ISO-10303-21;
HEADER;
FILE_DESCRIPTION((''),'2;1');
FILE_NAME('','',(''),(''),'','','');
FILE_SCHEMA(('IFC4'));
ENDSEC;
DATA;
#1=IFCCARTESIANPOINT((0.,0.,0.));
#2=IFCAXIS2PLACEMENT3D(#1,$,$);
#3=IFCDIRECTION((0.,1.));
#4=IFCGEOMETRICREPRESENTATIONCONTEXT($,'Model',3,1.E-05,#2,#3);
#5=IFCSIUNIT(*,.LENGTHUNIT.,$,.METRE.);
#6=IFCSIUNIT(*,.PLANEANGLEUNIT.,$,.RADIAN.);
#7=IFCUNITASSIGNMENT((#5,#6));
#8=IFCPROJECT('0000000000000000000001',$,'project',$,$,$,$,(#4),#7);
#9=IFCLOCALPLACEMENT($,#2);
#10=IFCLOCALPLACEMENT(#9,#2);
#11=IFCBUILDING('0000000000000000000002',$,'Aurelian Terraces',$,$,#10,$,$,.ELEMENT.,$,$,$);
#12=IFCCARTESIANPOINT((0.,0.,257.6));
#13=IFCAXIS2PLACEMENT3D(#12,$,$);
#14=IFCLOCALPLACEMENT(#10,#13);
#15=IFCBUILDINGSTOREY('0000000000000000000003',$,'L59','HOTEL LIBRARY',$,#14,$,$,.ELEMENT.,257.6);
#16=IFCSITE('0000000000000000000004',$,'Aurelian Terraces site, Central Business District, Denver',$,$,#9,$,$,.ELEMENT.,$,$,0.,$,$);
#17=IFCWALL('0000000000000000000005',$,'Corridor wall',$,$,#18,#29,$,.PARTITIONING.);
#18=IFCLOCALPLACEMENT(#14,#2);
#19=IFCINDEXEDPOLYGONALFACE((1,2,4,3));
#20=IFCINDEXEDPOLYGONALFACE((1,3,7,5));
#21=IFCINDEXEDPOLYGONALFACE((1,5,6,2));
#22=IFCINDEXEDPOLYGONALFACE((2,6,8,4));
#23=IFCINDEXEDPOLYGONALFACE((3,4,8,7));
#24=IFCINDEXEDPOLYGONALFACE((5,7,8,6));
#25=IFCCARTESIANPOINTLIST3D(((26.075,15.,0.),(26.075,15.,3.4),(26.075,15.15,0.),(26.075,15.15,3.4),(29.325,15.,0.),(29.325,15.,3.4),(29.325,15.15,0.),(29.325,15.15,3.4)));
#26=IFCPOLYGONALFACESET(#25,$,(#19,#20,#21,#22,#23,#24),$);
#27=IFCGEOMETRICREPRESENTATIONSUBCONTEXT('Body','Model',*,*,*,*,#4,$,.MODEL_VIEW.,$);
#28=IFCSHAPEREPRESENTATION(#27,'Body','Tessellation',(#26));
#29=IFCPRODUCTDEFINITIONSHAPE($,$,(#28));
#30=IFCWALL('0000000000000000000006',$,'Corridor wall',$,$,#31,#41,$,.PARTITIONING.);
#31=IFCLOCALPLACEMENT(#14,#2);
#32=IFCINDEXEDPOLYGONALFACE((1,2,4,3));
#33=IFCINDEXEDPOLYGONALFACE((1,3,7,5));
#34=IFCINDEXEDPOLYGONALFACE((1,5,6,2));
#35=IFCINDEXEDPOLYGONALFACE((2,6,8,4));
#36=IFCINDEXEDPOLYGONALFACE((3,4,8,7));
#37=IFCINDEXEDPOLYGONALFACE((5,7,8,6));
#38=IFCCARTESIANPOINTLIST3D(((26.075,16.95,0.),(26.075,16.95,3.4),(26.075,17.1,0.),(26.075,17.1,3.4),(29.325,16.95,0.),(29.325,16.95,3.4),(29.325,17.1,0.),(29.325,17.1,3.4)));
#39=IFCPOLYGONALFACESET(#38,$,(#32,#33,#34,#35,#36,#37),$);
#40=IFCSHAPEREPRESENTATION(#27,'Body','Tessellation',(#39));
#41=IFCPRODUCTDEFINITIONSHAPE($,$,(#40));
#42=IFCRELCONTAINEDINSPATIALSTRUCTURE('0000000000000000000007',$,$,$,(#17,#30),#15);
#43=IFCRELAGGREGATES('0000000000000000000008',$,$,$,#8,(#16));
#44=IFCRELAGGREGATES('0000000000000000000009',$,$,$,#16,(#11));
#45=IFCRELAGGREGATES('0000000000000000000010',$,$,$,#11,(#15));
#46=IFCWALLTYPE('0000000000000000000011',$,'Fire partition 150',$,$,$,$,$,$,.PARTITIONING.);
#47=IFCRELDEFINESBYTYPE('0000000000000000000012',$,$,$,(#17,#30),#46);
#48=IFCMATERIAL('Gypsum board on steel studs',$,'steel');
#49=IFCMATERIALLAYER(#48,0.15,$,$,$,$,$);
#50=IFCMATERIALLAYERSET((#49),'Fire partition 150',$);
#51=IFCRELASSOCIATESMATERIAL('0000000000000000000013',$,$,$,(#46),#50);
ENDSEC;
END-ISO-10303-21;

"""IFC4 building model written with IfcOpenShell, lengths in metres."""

from ifc_helpers import new_model, si_unit, direction, frame, frame_2d, origin, place, context, subcontext, project, spatial, rectangle, extrude, source, transform, mapped, material, layer, layer_set, type_object, element, save


model = new_model("IFC4")

# Units and contexts
model_context = context("Model", 3, precision=1e-05, world=origin(), true_north=direction((0.0, 1.0)))
body_context = subcontext(model_context, "Body", "Model", "MODEL_VIEW")
ifc_project = project(units=[si_unit("LENGTHUNIT", "METRE"), si_unit("PLANEANGLEUNIT", "RADIAN")], contexts=[model_context])

# Site, building, storey
site_placement = place(None, origin())
site = spatial("IfcSite", under=ifc_project, at=site_placement, Name="Aurelian Terraces site, Central Business District, Denver", CompositionType="ELEMENT", RefElevation=0.0)
building_placement = place(site_placement, origin())
building = spatial("IfcBuilding", under=site, at=building_placement, Name="Aurelian Terraces", CompositionType="ELEMENT")
storey_placement = place(building_placement, frame((0.0, 0.0, 257.6)))
storey = spatial("IfcBuildingStorey", under=building, at=storey_placement, Name="L59", Description="HOTEL LIBRARY", CompositionType="ELEMENT", Elevation=257.6)

# Shared definitions
ifc_material_1 = material(Name="Gypsum board on steel studs", Category="steel")

# Shared definitions
ifc_layer_1 = layer(ifc_material_1, 0.15)
ifc_layer_set_1 = layer_set([ifc_layer_1], Name="Fire partition 150")
wall_type_1 = type_object("IfcWallType", Name="Fire partition 150", PredefinedType="PARTITIONING", material=ifc_layer_set_1)

# Walls
shared_shape_1 = source(origin(), body_context, "Body", "SweptSolid", [
    extrude(rectangle(XDim=3.25, YDim=0.15, at=frame_2d((1.625, 0.0))), origin(), (0.0, 0.0, 1.0), 3.4),
])
for number, where, z_axis, x_axis, name in (
    (1, (29.325, 15.075, 0.0), (0.0, 0.0, 1.0), (-1.0, 0.0, 0.0), "Corridor wall"),
    (2, (26.075, 17.025, 0.0), (0.0, 0.0, 1.0), (1.0, 0.0, 0.0), "Corridor wall"),
):
    element("IfcWall", number, at=place(storey_placement, frame(where, z_axis=z_axis, x_axis=x_axis)), inside=storey, type_object=wall_type_1, Name=name, PredefinedType="PARTITIONING", context=body_context, shape_type="MappedRepresentation", body=[
        mapped(shared_shape_1, transform((0.0, 0.0, 0.0), scale=1.0)),
    ])

save(model, "model.ifc")
